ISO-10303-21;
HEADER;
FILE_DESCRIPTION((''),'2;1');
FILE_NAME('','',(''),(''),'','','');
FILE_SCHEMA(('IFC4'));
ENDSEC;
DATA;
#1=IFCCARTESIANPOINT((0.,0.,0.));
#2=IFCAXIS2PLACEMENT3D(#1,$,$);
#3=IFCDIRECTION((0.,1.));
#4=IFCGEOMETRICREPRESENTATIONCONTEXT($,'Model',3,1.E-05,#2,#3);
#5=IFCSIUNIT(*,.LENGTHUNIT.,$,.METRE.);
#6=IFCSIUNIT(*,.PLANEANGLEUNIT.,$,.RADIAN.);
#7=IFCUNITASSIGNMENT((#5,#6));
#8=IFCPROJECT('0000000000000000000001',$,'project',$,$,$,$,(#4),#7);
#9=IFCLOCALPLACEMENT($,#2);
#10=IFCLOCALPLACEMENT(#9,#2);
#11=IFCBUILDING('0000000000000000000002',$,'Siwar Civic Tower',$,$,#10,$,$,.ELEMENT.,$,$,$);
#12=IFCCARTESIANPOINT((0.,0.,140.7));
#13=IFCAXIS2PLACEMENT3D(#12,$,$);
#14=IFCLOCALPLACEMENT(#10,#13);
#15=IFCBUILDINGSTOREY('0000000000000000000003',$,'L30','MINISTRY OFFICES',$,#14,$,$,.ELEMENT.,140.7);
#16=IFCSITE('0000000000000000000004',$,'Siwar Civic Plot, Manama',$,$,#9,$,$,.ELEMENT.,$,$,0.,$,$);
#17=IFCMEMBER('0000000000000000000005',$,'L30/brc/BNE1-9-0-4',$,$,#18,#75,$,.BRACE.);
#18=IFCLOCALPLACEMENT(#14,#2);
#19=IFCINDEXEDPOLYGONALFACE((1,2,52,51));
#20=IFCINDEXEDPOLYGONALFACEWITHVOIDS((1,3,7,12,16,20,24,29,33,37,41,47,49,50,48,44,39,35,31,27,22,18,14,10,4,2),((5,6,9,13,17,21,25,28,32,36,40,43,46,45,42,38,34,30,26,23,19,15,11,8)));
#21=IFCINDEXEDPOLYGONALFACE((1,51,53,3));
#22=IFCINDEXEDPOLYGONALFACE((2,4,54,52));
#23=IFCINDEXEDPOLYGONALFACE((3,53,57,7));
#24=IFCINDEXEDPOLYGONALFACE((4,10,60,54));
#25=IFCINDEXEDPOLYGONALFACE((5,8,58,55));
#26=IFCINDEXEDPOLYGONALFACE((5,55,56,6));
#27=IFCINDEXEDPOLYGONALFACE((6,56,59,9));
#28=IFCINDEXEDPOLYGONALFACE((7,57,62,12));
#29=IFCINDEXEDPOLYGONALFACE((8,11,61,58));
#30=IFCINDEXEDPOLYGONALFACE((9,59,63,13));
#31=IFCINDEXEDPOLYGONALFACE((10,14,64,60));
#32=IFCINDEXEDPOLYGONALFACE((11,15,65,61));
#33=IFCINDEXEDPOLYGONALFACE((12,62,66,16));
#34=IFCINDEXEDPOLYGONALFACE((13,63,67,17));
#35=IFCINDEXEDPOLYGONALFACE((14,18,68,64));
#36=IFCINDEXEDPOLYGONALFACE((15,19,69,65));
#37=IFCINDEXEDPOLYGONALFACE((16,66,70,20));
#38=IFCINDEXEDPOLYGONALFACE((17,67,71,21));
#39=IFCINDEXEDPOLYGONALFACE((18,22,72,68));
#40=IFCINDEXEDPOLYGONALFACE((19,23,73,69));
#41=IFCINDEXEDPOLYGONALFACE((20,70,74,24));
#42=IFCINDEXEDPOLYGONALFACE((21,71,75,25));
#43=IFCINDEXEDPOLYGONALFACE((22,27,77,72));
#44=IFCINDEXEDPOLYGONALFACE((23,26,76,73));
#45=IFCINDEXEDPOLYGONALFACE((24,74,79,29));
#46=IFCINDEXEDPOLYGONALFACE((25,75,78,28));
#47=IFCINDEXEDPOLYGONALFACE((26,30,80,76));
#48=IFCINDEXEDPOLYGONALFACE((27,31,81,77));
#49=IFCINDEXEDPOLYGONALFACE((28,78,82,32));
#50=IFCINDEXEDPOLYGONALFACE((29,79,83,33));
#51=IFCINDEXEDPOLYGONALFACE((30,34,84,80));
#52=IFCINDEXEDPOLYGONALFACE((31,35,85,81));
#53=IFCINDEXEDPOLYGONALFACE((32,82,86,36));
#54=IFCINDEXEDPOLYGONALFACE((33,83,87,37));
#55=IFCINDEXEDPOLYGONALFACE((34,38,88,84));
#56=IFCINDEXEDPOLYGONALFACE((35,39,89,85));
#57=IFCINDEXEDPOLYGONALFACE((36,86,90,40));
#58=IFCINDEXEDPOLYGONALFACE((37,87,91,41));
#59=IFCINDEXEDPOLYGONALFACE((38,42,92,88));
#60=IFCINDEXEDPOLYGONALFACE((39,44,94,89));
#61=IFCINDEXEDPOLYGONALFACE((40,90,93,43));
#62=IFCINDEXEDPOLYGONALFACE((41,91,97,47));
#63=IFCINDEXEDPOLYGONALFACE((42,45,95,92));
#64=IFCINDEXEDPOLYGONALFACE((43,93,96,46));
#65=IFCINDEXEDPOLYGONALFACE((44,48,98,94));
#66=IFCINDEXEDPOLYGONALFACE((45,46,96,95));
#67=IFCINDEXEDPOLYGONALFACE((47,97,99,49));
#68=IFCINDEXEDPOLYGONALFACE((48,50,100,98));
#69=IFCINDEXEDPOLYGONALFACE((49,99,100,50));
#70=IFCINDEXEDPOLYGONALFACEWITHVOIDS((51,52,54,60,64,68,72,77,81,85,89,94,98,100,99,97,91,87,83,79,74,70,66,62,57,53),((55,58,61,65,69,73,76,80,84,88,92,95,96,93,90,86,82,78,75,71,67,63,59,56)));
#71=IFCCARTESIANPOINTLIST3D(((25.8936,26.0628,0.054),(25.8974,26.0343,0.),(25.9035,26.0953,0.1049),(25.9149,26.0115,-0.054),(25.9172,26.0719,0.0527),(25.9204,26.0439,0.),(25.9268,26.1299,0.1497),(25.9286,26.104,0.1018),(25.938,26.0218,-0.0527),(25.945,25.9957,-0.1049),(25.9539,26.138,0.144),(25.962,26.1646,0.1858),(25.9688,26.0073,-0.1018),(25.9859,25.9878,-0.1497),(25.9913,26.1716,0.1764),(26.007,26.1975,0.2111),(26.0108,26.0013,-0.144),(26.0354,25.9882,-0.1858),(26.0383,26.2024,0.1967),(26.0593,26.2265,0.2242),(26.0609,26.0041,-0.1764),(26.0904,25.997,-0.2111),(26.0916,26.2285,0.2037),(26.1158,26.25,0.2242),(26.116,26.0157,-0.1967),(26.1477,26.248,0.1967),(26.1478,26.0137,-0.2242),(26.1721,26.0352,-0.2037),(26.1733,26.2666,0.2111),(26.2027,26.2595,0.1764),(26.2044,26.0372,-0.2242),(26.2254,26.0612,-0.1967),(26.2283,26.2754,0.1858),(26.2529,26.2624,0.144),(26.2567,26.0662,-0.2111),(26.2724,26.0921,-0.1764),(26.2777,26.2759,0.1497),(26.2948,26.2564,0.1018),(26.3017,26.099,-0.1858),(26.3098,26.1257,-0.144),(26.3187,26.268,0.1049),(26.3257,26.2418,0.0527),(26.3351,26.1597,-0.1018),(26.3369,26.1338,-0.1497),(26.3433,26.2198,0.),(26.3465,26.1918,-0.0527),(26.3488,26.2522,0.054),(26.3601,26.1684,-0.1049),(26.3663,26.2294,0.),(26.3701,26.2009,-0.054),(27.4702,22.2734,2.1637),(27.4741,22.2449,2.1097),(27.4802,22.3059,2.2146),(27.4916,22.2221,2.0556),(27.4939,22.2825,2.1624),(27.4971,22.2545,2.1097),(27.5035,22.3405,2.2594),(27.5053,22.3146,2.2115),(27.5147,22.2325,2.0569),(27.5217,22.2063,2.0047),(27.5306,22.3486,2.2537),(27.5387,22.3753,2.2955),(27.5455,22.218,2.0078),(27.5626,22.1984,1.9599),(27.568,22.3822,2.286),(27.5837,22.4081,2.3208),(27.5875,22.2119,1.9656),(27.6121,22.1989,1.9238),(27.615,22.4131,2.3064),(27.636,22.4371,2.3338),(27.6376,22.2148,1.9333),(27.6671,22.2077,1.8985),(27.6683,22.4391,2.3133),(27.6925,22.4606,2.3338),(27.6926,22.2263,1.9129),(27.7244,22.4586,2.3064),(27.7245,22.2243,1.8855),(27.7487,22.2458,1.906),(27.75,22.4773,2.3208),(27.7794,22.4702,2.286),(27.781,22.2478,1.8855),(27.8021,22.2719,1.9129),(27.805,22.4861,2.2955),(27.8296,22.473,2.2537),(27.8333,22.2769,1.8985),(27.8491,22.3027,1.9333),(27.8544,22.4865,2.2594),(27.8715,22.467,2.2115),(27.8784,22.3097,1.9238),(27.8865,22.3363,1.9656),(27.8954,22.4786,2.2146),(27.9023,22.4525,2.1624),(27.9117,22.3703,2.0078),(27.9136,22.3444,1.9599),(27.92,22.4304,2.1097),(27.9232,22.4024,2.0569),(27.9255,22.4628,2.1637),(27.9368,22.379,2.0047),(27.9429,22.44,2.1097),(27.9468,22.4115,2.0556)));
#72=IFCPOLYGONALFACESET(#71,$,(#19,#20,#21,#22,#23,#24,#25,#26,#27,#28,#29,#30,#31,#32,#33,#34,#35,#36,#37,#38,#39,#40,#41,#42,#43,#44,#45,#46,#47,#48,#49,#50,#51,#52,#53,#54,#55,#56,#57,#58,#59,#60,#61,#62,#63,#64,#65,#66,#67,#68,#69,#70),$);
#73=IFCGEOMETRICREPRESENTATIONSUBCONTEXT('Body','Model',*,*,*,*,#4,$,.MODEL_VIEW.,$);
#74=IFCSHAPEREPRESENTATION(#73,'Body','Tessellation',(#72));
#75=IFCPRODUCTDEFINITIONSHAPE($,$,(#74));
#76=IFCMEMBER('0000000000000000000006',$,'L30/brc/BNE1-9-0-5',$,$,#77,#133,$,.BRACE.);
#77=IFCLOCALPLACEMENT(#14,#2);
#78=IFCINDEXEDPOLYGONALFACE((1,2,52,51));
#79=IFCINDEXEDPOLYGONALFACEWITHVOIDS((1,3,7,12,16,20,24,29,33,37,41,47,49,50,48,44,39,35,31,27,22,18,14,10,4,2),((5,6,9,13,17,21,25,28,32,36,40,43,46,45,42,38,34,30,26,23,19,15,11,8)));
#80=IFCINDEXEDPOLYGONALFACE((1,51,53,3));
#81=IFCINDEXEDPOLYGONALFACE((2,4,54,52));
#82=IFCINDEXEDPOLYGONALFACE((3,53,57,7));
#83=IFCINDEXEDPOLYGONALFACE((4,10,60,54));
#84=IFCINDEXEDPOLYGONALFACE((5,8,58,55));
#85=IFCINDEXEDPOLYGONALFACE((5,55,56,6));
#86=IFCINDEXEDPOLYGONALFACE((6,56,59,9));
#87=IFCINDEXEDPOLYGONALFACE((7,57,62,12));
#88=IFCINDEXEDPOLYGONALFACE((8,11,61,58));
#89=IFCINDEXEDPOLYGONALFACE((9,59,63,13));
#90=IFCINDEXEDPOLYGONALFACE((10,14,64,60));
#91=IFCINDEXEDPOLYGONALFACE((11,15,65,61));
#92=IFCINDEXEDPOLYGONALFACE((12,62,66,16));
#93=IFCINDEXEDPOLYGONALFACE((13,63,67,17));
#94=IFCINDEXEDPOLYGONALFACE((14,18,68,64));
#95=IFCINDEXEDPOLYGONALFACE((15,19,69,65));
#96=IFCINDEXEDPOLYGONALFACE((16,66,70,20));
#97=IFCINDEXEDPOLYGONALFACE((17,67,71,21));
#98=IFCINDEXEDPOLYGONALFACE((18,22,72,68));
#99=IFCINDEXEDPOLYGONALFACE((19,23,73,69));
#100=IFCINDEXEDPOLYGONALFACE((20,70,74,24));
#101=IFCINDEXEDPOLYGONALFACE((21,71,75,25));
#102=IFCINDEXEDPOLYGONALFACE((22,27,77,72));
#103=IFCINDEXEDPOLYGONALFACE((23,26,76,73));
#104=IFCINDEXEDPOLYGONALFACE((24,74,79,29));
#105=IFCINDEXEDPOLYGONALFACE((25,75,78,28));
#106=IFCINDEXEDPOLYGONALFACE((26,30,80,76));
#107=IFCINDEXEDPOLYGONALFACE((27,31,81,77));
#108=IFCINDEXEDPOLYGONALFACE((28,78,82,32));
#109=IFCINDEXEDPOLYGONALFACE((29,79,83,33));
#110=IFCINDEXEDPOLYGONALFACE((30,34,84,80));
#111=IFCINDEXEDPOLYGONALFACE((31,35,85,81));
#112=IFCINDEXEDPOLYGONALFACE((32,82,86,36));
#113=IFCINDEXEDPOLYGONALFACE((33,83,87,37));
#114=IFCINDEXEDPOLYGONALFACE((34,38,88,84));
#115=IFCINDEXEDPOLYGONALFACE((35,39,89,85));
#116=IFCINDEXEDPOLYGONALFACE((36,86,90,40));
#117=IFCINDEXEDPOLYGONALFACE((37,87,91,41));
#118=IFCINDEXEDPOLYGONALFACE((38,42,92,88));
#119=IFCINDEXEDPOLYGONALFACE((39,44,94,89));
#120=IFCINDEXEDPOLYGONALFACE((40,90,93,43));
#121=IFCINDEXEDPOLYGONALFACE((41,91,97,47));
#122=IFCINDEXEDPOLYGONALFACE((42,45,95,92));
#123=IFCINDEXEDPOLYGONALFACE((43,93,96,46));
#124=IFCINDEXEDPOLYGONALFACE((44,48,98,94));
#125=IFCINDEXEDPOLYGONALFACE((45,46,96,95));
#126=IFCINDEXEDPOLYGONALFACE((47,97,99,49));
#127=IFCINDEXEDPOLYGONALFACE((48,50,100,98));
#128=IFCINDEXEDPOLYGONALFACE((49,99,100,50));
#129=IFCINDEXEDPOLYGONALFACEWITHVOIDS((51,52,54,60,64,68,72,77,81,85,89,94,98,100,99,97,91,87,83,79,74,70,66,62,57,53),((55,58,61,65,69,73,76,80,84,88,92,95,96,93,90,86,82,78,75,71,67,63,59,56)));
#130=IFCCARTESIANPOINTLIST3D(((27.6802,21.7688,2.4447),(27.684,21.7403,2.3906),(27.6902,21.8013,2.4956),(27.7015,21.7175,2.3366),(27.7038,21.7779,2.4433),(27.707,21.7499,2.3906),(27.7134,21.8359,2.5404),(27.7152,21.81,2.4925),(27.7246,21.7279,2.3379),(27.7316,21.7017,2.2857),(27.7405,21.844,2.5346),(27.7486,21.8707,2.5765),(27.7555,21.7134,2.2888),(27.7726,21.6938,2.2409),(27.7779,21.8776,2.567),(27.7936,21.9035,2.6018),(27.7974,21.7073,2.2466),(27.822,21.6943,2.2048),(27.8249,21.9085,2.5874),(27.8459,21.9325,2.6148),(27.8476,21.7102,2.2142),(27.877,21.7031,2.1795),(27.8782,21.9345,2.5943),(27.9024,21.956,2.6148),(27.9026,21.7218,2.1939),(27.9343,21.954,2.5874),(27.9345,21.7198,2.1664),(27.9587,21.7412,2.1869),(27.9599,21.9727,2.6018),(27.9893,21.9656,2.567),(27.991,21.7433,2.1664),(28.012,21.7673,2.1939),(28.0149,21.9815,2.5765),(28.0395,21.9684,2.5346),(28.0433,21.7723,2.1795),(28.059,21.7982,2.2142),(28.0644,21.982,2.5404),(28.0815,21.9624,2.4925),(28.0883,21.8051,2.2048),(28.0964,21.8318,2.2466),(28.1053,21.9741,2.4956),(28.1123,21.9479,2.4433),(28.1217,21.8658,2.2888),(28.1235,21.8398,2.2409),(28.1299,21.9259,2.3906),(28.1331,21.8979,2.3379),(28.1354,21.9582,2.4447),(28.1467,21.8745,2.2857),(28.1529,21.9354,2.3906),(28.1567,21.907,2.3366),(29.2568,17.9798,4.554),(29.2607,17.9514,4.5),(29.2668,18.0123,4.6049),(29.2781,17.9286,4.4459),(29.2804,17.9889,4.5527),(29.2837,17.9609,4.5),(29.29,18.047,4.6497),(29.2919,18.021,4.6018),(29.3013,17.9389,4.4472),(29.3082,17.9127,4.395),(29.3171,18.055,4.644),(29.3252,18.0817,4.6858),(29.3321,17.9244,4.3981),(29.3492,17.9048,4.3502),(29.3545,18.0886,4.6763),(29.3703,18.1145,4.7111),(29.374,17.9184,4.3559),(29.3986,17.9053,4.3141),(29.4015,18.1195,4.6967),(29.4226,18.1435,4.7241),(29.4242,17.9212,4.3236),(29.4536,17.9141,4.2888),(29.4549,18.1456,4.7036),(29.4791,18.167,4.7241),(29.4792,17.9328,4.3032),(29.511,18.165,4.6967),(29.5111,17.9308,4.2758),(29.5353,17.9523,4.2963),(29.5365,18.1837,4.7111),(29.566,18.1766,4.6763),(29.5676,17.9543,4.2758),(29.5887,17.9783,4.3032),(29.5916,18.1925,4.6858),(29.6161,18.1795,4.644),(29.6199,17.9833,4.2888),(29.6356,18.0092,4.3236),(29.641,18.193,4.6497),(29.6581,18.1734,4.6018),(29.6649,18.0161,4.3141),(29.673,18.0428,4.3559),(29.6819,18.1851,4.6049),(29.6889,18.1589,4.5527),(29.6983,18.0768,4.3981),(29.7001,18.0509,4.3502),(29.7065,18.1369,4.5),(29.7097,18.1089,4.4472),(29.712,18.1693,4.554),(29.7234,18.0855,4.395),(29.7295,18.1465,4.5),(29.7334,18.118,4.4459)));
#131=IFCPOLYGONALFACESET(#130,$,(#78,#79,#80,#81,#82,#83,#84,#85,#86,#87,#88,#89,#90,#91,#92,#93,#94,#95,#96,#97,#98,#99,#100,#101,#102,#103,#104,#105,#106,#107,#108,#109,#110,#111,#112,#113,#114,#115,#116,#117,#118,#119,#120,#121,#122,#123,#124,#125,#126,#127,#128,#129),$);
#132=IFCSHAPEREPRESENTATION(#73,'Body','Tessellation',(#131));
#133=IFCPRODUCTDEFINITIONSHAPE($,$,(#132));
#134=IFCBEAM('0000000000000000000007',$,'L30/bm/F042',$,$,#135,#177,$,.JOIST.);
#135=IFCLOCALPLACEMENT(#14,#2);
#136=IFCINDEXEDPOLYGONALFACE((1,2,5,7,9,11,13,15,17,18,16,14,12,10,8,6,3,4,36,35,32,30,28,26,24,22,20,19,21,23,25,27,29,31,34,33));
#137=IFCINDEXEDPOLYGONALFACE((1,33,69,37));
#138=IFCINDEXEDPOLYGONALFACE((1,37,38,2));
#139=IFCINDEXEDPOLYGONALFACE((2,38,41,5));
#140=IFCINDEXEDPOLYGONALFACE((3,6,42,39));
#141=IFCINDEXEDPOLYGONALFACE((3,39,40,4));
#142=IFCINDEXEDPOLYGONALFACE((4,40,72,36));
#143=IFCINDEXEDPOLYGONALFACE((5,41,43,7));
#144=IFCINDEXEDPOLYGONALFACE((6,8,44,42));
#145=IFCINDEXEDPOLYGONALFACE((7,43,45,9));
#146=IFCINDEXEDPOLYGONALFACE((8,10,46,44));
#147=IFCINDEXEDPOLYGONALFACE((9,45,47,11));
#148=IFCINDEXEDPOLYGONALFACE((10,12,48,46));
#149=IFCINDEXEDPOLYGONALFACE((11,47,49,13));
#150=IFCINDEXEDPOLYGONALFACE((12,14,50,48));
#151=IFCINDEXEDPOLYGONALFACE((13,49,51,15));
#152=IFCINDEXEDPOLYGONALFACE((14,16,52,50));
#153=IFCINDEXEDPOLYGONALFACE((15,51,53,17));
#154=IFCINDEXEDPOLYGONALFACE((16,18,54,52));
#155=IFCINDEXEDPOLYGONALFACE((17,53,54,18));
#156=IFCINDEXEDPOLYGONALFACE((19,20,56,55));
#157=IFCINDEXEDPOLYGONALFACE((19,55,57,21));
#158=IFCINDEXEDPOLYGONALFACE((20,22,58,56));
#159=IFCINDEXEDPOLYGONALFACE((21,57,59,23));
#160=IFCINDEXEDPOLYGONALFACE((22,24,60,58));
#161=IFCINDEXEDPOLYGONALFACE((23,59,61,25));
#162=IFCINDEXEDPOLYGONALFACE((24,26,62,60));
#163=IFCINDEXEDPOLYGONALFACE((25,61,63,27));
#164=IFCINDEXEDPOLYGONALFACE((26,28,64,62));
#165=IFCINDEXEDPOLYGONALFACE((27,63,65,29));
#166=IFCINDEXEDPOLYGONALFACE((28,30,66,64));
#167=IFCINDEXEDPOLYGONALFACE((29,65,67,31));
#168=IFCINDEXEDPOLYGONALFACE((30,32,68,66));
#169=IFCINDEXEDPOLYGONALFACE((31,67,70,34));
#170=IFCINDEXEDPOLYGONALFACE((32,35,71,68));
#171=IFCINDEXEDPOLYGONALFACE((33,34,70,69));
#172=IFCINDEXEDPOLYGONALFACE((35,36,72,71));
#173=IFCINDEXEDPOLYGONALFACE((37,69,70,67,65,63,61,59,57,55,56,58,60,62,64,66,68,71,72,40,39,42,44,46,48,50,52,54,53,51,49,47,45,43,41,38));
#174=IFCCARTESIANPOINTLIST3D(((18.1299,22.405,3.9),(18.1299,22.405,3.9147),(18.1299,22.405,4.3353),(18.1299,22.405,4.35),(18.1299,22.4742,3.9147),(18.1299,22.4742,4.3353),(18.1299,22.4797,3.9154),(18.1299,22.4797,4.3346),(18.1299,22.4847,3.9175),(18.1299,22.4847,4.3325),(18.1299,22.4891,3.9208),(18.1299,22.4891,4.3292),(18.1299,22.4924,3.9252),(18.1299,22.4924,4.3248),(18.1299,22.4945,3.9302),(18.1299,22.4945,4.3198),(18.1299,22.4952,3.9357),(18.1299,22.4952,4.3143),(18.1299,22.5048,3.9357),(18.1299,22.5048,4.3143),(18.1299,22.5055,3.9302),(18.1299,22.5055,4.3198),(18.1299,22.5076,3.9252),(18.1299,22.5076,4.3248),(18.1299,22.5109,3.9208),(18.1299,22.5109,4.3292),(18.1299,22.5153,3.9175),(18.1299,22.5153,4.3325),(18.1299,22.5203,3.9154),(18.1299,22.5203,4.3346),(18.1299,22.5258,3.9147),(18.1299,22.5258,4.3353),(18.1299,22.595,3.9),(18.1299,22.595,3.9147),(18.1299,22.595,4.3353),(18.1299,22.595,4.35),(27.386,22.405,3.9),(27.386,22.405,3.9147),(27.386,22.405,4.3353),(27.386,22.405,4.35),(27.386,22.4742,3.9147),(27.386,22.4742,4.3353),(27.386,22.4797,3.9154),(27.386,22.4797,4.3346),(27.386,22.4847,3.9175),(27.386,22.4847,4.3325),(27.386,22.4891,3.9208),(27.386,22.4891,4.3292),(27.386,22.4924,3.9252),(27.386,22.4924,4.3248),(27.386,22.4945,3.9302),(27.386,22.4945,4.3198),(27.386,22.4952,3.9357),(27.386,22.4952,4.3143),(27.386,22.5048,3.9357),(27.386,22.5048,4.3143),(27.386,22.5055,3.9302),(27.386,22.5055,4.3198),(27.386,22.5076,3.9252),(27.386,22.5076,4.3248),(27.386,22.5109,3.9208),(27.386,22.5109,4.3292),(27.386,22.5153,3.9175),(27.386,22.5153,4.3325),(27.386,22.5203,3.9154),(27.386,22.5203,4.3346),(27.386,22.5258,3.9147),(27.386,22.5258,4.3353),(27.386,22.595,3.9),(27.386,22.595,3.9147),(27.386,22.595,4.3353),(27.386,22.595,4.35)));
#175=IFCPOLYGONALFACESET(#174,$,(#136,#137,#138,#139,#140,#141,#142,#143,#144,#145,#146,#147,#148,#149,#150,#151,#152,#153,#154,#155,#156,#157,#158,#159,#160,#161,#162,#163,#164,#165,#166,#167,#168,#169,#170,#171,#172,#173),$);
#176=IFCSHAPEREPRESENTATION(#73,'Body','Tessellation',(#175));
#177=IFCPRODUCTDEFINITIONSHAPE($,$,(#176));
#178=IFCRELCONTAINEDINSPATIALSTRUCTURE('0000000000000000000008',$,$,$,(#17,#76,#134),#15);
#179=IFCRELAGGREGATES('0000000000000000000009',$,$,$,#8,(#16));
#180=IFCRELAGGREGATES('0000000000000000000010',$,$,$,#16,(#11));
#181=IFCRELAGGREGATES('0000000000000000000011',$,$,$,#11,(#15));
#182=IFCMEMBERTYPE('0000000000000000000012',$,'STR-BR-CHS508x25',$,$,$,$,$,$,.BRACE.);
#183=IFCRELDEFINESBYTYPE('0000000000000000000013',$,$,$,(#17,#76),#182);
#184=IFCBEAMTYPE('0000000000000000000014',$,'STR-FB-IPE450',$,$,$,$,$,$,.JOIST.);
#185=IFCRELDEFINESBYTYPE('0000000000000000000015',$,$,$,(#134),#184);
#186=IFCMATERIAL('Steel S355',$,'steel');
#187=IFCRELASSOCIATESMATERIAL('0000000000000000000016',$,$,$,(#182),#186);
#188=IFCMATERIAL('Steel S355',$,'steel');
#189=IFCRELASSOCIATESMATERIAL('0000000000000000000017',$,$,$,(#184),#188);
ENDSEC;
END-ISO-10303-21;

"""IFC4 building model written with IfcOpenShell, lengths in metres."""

from ifc_helpers import new_model, si_unit, direction, frame, origin, origin_2d, place, context, subcontext, project, spatial, hollow_circle, i_section, extrude, material, material_profile, profile_set, type_object, element, save


model = new_model("IFC4")

# Units and contexts
model_context = context("Model", 3, precision=1e-05, world=origin(), true_north=direction((0.0, 1.0)))
body_context = subcontext(model_context, "Body", "Model", "MODEL_VIEW")
ifc_project = project(units=[si_unit("LENGTHUNIT", "METRE"), si_unit("PLANEANGLEUNIT", "RADIAN")], contexts=[model_context])

# Site, building, storey
site_placement = place(None, origin())
site = spatial("IfcSite", under=ifc_project, at=site_placement, Name="Siwar Civic Plot, Manama", CompositionType="ELEMENT", RefElevation=0.0)
building_placement = place(site_placement, origin())
building = spatial("IfcBuilding", under=site, at=building_placement, Name="Siwar Civic Tower", CompositionType="ELEMENT")
storey_placement = place(building_placement, frame((0.0, 0.0, 140.7)))
storey = spatial("IfcBuildingStorey", under=building, at=storey_placement, Name="L30", Description="MINISTRY OFFICES", CompositionType="ELEMENT", Elevation=140.7)

# Members
ifc_material_1 = material(Name="Steel S355", Category="steel")
ifc_material_profile_1 = material_profile(ifc_material_1, hollow_circle(Radius=0.2539, WallThickness=0.0249, at=origin_2d()), Name="CHS508x25")
ifc_profile_set_1 = profile_set([ifc_material_profile_1], Name="Steel S355")
member_type_1 = type_object("IfcMemberType", Name="STR-BR-CHS508x25", PredefinedType="BRACE", material=ifc_profile_set_1)
member_1_placement = place(storey_placement, frame((26.1318, 26.1318, 0.0), z_axis=(0.341662, -0.821143, 0.457155), x_axis=(0.923269, 0.384155, 0.0)))
element("IfcMember", 1, at=member_1_placement, inside=storey, type_object=member_type_1, Name="L30/brc/BNE1-9-0-4", PredefinedType="BRACE", context=body_context, shape_type="SweptSolid", body=[
    extrude(hollow_circle(Radius=0.2539, WallThickness=0.0249, at=origin_2d()), origin(), (0.0, 0.0, 1.0), 4.6147),
])
member_2_placement = place(storey_placement, frame((27.9185, 21.8379, 2.3906), z_axis=(0.341686, -0.821146, 0.457133), x_axis=(0.92326, 0.384176, 0.0)))
element("IfcMember", 2, at=member_2_placement, inside=storey, type_object=member_type_1, Name="L30/brc/BNE1-9-0-5", PredefinedType="BRACE", context=body_context, shape_type="SweptSolid", body=[
    extrude(hollow_circle(Radius=0.2539, WallThickness=0.0249, at=origin_2d()), origin(), (0.0, 0.0, 1.0), 4.6143),
])

# Beam
ifc_material_2 = material(Name="Steel S355", Category="steel")
ifc_material_profile_2 = material_profile(ifc_material_2, i_section(OverallWidth=0.1899, OverallDepth=0.45, WebThickness=0.0095, FlangeThickness=0.0146, FilletRadius=0.021, at=origin_2d()), Name="IPE450")
ifc_profile_set_2 = profile_set([ifc_material_profile_2], Name="Steel S355")
beam_type_1 = type_object("IfcBeamType", Name="STR-FB-IPE450", PredefinedType="JOIST", material=ifc_profile_set_2)
beam_1_placement = place(storey_placement, frame((18.1299, 22.5, 4.125), z_axis=(1.0, 0.0, 0.0), x_axis=(0.0, 1.0, 0.0)))
element("IfcBeam", 3, at=beam_1_placement, inside=storey, type_object=beam_type_1, Name="L30/bm/F042", PredefinedType="JOIST", context=body_context, shape_type="SweptSolid", body=[
    extrude(i_section(OverallWidth=0.1899, OverallDepth=0.45, WebThickness=0.0095, FlangeThickness=0.0146, FilletRadius=0.021, at=origin_2d()), origin(), (0.0, 0.0, 1.0), 9.2561),
])

save(model, "model.ifc")
